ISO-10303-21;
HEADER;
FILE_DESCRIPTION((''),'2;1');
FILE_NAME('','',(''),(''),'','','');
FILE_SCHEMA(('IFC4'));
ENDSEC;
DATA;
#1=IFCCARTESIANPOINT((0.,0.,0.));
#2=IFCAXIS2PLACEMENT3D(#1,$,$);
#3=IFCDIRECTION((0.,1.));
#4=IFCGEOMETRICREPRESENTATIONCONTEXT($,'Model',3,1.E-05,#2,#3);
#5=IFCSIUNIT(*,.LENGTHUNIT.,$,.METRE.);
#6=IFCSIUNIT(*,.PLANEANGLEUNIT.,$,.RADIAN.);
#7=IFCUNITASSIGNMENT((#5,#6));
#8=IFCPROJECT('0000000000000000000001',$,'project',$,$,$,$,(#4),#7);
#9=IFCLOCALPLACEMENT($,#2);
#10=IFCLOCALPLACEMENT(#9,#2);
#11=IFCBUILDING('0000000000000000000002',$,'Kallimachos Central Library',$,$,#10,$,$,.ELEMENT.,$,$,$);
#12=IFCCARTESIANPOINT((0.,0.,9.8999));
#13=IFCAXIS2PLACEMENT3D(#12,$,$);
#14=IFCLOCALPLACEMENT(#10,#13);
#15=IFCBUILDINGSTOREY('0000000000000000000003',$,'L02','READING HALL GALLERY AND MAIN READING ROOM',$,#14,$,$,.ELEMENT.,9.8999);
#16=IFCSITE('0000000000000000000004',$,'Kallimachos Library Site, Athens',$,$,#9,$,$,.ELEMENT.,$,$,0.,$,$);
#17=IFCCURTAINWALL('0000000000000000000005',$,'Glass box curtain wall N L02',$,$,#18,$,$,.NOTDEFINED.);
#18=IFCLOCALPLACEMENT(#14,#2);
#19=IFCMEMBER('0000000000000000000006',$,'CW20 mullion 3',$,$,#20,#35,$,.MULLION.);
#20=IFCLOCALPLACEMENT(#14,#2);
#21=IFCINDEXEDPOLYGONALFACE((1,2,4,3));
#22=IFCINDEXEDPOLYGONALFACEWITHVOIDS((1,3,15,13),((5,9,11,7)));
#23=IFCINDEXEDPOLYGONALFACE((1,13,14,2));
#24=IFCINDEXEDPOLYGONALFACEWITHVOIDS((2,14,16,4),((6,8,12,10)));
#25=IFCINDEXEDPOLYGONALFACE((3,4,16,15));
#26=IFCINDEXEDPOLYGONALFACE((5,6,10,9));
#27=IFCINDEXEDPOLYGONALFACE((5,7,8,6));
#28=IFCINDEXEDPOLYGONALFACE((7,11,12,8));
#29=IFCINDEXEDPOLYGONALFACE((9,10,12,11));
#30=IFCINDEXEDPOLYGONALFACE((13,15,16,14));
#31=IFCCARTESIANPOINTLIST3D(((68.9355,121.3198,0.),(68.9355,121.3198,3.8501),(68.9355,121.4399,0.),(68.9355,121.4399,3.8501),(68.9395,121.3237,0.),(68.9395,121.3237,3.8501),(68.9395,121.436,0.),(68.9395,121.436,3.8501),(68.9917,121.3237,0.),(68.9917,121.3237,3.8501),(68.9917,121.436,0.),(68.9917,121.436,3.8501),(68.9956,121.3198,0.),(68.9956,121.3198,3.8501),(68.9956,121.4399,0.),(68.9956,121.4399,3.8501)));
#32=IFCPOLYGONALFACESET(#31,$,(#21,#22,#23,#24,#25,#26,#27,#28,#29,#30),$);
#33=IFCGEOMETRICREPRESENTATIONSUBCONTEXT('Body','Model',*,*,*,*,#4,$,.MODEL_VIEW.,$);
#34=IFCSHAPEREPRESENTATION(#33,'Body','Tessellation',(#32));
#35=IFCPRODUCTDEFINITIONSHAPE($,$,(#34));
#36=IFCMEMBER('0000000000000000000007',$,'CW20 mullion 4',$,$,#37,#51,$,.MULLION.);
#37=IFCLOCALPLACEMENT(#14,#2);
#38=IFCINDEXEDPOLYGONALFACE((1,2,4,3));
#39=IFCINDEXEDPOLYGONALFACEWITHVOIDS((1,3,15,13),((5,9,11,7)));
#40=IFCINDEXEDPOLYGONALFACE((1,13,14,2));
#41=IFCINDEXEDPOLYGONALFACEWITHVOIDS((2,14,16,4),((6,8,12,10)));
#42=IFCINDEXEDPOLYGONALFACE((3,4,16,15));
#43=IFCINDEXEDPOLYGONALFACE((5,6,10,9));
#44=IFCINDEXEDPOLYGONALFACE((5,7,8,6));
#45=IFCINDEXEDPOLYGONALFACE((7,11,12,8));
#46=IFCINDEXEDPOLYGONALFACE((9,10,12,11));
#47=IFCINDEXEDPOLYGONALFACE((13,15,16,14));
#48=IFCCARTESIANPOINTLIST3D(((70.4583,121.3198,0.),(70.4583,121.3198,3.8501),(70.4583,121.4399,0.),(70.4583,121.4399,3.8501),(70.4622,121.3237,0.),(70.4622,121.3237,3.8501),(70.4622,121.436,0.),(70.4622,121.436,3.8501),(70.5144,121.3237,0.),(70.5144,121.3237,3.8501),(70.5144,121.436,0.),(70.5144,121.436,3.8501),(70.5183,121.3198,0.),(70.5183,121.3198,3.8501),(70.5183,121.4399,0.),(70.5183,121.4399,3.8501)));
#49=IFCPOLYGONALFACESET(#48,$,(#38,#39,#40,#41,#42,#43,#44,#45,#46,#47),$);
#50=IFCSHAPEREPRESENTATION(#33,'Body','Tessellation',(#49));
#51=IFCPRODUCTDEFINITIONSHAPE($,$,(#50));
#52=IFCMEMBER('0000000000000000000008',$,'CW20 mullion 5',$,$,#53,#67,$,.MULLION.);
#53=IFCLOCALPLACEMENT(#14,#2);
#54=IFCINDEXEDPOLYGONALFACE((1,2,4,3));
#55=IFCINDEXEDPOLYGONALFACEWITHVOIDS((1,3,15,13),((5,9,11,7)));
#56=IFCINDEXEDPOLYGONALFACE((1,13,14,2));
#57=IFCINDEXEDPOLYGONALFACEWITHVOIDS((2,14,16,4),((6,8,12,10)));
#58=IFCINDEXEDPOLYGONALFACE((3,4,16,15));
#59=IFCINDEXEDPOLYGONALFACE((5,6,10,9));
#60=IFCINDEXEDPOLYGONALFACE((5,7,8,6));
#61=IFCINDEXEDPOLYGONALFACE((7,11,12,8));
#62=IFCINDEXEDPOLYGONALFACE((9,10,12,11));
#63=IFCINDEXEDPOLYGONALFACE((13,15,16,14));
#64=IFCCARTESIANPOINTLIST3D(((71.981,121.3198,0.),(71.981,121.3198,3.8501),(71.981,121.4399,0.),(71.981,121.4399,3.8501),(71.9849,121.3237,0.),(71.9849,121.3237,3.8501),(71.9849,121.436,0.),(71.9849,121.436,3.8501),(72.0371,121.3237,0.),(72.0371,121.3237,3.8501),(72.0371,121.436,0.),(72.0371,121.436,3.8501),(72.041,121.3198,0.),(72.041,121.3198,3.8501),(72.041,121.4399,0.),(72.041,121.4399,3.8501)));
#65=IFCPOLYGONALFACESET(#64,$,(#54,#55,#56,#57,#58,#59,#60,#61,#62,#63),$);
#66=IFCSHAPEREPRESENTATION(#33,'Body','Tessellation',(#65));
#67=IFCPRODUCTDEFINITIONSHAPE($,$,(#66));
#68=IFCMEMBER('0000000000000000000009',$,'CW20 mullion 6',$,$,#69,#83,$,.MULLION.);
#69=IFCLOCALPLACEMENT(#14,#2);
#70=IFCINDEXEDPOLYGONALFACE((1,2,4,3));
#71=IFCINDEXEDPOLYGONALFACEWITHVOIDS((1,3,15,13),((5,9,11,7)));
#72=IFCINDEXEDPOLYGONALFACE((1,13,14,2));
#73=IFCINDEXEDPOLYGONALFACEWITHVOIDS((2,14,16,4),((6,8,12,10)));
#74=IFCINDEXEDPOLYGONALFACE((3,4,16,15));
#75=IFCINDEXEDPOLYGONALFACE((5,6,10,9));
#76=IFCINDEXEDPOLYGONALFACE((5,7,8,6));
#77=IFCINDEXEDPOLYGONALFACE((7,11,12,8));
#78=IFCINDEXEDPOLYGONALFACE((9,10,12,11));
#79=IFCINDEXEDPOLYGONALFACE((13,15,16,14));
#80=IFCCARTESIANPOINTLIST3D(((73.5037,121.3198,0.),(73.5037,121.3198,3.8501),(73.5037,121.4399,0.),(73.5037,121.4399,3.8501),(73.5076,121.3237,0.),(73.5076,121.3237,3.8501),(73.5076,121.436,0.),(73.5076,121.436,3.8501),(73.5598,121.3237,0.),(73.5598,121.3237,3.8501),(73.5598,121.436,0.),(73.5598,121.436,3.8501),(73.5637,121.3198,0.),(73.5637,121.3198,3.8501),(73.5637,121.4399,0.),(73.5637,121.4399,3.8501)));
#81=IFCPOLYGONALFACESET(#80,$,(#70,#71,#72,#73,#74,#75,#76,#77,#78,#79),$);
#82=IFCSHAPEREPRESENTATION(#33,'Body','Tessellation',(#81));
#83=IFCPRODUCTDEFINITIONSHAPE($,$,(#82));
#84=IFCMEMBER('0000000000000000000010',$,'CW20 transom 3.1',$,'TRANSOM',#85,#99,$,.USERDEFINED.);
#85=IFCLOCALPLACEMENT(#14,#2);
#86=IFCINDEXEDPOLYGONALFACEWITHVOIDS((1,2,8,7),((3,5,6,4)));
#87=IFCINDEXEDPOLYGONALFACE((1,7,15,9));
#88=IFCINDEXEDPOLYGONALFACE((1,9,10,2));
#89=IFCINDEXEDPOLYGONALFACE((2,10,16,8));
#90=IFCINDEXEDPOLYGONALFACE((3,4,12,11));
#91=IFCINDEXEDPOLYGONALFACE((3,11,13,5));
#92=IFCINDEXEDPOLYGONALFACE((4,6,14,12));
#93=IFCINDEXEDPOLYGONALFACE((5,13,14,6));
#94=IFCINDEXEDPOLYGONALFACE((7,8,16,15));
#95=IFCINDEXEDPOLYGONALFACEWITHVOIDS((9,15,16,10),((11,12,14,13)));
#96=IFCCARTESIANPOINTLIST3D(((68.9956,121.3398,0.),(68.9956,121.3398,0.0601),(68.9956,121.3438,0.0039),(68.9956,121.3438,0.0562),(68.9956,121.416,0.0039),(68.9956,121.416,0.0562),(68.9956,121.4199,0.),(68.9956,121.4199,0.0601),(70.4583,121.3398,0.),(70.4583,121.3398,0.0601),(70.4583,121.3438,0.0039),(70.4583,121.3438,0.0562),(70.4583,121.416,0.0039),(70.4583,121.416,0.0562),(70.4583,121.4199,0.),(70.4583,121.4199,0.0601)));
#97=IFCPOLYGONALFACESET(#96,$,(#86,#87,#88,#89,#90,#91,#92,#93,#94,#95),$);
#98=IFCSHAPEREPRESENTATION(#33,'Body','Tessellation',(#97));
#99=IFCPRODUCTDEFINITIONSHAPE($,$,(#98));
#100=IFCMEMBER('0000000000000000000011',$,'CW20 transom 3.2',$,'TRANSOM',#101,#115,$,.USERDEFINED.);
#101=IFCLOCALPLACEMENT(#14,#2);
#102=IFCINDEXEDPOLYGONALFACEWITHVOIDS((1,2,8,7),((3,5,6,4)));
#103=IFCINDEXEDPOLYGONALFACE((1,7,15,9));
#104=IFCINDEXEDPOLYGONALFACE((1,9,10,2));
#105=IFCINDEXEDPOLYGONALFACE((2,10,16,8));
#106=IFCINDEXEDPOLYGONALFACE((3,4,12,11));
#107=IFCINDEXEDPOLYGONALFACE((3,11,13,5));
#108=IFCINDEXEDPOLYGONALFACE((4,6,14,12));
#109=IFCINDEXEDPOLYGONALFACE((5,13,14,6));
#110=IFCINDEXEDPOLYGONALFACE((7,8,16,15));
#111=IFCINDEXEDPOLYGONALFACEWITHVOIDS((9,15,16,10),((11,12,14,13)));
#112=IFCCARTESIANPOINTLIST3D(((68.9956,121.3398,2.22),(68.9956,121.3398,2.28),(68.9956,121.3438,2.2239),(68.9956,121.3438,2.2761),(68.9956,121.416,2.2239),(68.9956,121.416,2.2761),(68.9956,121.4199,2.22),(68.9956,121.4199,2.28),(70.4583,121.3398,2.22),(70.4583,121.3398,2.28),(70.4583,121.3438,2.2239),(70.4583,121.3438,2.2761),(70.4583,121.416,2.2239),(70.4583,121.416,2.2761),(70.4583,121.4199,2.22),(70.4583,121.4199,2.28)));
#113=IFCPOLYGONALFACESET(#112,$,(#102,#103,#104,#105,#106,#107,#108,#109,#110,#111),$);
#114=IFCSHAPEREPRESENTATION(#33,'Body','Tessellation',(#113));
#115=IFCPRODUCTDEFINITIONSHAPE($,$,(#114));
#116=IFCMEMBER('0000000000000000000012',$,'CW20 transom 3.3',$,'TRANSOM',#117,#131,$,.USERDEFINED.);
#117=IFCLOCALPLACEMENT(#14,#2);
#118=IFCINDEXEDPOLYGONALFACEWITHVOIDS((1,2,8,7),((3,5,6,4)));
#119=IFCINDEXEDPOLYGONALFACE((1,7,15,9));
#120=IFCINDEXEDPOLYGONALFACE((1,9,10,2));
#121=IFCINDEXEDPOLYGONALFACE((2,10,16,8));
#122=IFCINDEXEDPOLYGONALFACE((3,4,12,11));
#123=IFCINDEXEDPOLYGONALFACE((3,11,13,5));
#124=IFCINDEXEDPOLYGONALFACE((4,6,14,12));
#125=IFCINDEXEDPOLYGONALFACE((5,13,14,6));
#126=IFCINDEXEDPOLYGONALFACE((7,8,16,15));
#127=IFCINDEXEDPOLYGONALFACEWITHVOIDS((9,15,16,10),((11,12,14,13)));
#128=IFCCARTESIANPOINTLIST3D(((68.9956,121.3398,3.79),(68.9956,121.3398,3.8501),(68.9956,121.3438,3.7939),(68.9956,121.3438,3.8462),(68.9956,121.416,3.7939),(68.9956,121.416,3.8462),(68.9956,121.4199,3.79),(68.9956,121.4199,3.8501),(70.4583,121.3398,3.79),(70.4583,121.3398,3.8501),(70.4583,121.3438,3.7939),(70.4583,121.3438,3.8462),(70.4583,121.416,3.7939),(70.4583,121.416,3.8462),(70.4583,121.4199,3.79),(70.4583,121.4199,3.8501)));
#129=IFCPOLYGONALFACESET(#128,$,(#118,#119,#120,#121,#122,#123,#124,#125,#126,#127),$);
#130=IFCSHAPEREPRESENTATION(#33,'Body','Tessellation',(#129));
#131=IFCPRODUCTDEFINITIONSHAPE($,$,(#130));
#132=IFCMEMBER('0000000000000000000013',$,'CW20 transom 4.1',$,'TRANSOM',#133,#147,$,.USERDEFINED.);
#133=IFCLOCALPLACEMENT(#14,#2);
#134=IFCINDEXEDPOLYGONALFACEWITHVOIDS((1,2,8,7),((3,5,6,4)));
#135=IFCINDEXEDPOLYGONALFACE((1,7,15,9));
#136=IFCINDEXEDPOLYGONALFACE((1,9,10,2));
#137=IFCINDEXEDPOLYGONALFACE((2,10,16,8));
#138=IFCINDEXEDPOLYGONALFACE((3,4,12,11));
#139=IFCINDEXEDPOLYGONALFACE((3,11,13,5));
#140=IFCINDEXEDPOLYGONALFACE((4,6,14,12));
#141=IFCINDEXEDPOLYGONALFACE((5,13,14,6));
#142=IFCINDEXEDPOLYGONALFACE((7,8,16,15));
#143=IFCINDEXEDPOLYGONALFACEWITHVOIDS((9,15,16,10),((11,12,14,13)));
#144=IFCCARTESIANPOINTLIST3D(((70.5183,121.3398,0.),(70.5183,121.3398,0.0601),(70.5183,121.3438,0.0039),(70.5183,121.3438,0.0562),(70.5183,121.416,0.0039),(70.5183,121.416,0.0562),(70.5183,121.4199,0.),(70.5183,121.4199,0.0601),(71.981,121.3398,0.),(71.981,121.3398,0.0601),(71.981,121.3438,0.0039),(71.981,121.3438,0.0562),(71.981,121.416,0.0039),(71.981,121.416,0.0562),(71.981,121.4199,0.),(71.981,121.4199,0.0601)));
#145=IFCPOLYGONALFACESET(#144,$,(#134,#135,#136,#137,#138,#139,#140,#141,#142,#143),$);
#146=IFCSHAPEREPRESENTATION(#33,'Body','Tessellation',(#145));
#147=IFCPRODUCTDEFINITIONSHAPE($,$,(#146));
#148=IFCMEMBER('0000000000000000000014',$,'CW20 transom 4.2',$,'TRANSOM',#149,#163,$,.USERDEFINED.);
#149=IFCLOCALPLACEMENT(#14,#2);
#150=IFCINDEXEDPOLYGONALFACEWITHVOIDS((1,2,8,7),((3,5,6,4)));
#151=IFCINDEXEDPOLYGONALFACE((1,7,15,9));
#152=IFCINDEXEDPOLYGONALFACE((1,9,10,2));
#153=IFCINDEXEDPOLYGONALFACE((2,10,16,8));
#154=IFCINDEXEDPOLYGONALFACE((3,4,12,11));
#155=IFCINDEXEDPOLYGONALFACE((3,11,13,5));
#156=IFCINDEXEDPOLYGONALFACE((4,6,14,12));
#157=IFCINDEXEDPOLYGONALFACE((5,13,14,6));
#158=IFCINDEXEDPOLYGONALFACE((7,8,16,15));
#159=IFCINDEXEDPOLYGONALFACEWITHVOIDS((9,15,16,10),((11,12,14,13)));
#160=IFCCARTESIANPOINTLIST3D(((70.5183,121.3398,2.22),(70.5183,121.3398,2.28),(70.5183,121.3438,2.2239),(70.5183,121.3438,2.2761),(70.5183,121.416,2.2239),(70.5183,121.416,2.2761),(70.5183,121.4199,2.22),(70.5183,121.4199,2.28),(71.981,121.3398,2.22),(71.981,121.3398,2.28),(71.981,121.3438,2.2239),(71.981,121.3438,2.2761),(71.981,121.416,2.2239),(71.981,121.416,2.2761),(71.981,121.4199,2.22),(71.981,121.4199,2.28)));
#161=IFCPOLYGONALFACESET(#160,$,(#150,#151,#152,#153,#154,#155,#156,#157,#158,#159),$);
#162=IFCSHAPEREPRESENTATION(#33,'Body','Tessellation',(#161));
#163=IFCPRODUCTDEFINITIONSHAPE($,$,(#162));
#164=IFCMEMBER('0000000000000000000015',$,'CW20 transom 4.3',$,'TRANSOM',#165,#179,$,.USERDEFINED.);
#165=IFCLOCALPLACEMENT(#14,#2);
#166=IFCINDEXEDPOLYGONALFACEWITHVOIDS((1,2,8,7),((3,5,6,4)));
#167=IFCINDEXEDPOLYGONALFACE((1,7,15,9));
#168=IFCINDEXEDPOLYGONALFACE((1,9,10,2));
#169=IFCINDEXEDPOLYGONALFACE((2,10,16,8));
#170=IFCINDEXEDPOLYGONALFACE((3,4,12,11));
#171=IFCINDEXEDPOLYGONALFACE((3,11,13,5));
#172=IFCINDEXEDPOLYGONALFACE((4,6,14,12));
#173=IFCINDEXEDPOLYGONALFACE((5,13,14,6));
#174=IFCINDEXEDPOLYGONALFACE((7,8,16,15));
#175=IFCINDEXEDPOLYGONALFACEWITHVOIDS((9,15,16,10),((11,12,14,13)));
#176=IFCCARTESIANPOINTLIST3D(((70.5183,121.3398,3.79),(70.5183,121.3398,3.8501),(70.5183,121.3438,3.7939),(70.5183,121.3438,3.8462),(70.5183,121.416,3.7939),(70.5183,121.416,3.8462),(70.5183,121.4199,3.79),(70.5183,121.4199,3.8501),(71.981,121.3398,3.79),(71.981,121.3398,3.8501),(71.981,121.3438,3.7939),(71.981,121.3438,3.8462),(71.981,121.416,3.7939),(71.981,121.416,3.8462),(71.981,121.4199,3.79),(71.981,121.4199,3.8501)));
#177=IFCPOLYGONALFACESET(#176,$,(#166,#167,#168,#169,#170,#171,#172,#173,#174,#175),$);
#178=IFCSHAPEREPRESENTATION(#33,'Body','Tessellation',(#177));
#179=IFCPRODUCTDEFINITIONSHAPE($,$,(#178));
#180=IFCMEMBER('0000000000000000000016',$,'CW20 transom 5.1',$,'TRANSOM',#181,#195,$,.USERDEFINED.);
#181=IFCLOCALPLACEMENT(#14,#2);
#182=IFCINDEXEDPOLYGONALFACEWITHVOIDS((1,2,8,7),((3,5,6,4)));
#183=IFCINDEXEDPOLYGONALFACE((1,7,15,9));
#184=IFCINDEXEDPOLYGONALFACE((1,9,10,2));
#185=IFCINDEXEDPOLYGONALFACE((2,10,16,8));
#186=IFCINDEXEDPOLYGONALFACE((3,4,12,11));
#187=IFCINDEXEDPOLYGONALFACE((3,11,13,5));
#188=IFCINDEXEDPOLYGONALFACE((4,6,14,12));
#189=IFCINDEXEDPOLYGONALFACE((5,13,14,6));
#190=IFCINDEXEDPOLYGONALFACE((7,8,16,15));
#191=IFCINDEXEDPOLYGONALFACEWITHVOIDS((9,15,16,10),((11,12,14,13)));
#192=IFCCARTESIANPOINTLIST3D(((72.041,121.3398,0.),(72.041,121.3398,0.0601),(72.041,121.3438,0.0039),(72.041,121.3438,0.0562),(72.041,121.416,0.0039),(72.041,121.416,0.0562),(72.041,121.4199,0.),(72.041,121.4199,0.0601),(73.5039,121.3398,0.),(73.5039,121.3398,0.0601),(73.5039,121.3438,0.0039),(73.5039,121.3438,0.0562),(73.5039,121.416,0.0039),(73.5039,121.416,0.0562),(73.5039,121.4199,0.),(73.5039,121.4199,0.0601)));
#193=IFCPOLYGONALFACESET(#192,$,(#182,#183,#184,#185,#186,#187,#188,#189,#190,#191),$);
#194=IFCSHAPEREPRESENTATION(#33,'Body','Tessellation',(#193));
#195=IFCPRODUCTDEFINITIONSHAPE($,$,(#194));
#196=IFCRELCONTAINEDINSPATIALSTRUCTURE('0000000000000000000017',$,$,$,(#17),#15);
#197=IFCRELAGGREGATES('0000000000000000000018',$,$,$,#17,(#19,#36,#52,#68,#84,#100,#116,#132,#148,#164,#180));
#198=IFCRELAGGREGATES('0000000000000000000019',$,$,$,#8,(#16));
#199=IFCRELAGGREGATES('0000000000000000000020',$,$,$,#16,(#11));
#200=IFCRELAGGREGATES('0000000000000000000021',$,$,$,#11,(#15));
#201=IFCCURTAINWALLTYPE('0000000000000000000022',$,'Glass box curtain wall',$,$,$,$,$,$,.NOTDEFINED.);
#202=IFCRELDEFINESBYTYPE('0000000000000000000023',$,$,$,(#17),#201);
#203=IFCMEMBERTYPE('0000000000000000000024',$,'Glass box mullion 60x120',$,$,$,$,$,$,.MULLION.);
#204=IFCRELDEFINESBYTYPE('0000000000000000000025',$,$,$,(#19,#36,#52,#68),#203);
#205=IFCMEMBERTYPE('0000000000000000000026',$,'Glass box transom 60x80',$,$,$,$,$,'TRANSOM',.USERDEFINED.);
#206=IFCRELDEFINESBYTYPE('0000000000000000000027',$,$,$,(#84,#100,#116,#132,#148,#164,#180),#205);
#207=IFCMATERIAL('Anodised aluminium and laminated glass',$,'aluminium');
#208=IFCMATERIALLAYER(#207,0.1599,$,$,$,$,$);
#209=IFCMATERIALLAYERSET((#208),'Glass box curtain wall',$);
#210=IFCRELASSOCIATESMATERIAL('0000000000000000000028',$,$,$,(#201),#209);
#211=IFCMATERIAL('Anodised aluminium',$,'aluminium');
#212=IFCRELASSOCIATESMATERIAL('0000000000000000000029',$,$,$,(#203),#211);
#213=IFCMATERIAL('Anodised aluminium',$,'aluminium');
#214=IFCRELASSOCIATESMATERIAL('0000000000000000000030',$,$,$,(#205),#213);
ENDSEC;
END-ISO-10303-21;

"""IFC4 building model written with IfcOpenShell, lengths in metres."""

from ifc_helpers import new_model, si_unit, direction, frame, origin, origin_2d, place, context, subcontext, project, spatial, hollow_rectangle, extrude, material, layer, layer_set, material_profile, profile_set, type_object, element, aggregate, save


model = new_model("IFC4")

# Units and contexts
model_context = context("Model", 3, precision=1e-05, world=origin(), true_north=direction((0.0, 1.0)))
body_context = subcontext(model_context, "Body", "Model", "MODEL_VIEW")
ifc_project = project(units=[si_unit("LENGTHUNIT", "METRE"), si_unit("PLANEANGLEUNIT", "RADIAN")], contexts=[model_context])

# Site, building, storey
site_placement = place(None, origin())
site = spatial("IfcSite", under=ifc_project, at=site_placement, Name="Kallimachos Library Site, Athens", CompositionType="ELEMENT", RefElevation=0.0)
building_placement = place(site_placement, origin())
building = spatial("IfcBuilding", under=site, at=building_placement, Name="Kallimachos Central Library", CompositionType="ELEMENT")
storey_placement = place(building_placement, frame((0.0, 0.0, 9.8999)))
storey = spatial("IfcBuildingStorey", under=building, at=storey_placement, Name="L02", Description="READING HALL GALLERY AND MAIN READING ROOM", CompositionType="ELEMENT", Elevation=9.8999)

# Curtain wall, members
ifc_material_1 = material(Name="Anodised aluminium and laminated glass", Category="aluminium")
ifc_layer_1 = layer(ifc_material_1, 0.1599)
ifc_layer_set_1 = layer_set([ifc_layer_1], Name="Glass box curtain wall")
curtain_wall_type = type_object("IfcCurtainWallType", Name="Glass box curtain wall", PredefinedType="NOTDEFINED", material=ifc_layer_set_1)
curtain_wall_placement = place(storey_placement, origin())
curtain_wall = element("IfcCurtainWall", 1, at=curtain_wall_placement, inside=storey, type_object=curtain_wall_type, Name="Glass box curtain wall N L02", PredefinedType="NOTDEFINED")
ifc_material_2 = material(Name="Anodised aluminium", Category="aluminium")
ifc_material_profile_1 = material_profile(ifc_material_2, hollow_rectangle(XDim=0.0601, YDim=0.1201, WallThickness=0.0039, at=origin_2d()), Name="ALU MULLION 60x120")
ifc_profile_set_1 = profile_set([ifc_material_profile_1], Name="Anodised aluminium")
member_type_1 = type_object("IfcMemberType", Name="Glass box mullion 60x120", PredefinedType="MULLION", material=ifc_profile_set_1)
member_1_placement = place(storey_placement, frame((68.9656, 121.3799, 0.0), z_axis=(0.0, 0.0, 1.0), x_axis=(1.0, 0.0, 0.0)))
member_1 = element("IfcMember", 2, at=member_1_placement, type_object=member_type_1, Name="CW20 mullion 3", PredefinedType="MULLION", context=body_context, shape_type="SweptSolid", body=[
    extrude(hollow_rectangle(XDim=0.0601, YDim=0.1201, WallThickness=0.0039, at=origin_2d()), origin(), (0.0, 0.0, 1.0), 3.8501),
])
member_2_placement = place(storey_placement, frame((70.4883, 121.3799, 0.0), z_axis=(0.0, 0.0, 1.0), x_axis=(1.0, 0.0, 0.0)))
member_2 = element("IfcMember", 3, at=member_2_placement, type_object=member_type_1, Name="CW20 mullion 4", PredefinedType="MULLION", context=body_context, shape_type="SweptSolid", body=[
    extrude(hollow_rectangle(XDim=0.0601, YDim=0.1201, WallThickness=0.0039, at=origin_2d()), origin(), (0.0, 0.0, 1.0), 3.8501),
])
member_3_placement = place(storey_placement, frame((72.011, 121.3799, 0.0), z_axis=(0.0, 0.0, 1.0), x_axis=(1.0, 0.0, 0.0)))
member_3 = element("IfcMember", 4, at=member_3_placement, type_object=member_type_1, Name="CW20 mullion 5", PredefinedType="MULLION", context=body_context, shape_type="SweptSolid", body=[
    extrude(hollow_rectangle(XDim=0.0601, YDim=0.1201, WallThickness=0.0039, at=origin_2d()), origin(), (0.0, 0.0, 1.0), 3.8501),
])
member_4_placement = place(storey_placement, frame((73.5337, 121.3799, 0.0), z_axis=(0.0, 0.0, 1.0), x_axis=(1.0, 0.0, 0.0)))
member_4 = element("IfcMember", 5, at=member_4_placement, type_object=member_type_1, Name="CW20 mullion 6", PredefinedType="MULLION", context=body_context, shape_type="SweptSolid", body=[
    extrude(hollow_rectangle(XDim=0.0601, YDim=0.1201, WallThickness=0.0039, at=origin_2d()), origin(), (0.0, 0.0, 1.0), 3.8501),
])
ifc_material_3 = material(Name="Anodised aluminium", Category="aluminium")
ifc_material_profile_2 = material_profile(ifc_material_3, hollow_rectangle(XDim=0.0601, YDim=0.0801, WallThickness=0.0039, at=origin_2d()), Name="ALU TRANSOM 60x80")
ifc_profile_set_2 = profile_set([ifc_material_profile_2], Name="Anodised aluminium")
member_type_2 = type_object("IfcMemberType", Name="Glass box transom 60x80", ElementType="TRANSOM", PredefinedType="USERDEFINED", material=ifc_profile_set_2)
member_5_placement = place(storey_placement, frame((68.9956, 121.3799, 0.03), z_axis=(1.0, 0.0, 0.0), x_axis=(0.0, 0.0, 1.0)))
member_5 = element("IfcMember", 6, at=member_5_placement, type_object=member_type_2, Name="CW20 transom 3.1", ObjectType="TRANSOM", PredefinedType="USERDEFINED", context=body_context, shape_type="SweptSolid", body=[
    extrude(hollow_rectangle(XDim=0.0601, YDim=0.0801, WallThickness=0.0039, at=origin_2d()), origin(), (0.0, 0.0, 1.0), 1.4626),
])
member_6_placement = place(storey_placement, frame((68.9956, 121.3799, 2.25), z_axis=(1.0, 0.0, 0.0), x_axis=(0.0, 0.0, 1.0)))
member_6 = element("IfcMember", 7, at=member_6_placement, type_object=member_type_2, Name="CW20 transom 3.2", ObjectType="TRANSOM", PredefinedType="USERDEFINED", context=body_context, shape_type="SweptSolid", body=[
    extrude(hollow_rectangle(XDim=0.0601, YDim=0.0801, WallThickness=0.0039, at=origin_2d()), origin(), (0.0, 0.0, 1.0), 1.4626),
])
member_7_placement = place(storey_placement, frame((68.9956, 121.3799, 3.8201), z_axis=(1.0, 0.0, 0.0), x_axis=(0.0, 0.0, 1.0)))
member_7 = element("IfcMember", 8, at=member_7_placement, type_object=member_type_2, Name="CW20 transom 3.3", ObjectType="TRANSOM", PredefinedType="USERDEFINED", context=body_context, shape_type="SweptSolid", body=[
    extrude(hollow_rectangle(XDim=0.0601, YDim=0.0801, WallThickness=0.0039, at=origin_2d()), origin(), (0.0, 0.0, 1.0), 1.4626),
])
member_8_placement = place(storey_placement, frame((70.5183, 121.3799, 0.03), z_axis=(1.0, 0.0, 0.0), x_axis=(0.0, 0.0, 1.0)))
member_8 = element("IfcMember", 9, at=member_8_placement, type_object=member_type_2, Name="CW20 transom 4.1", ObjectType="TRANSOM", PredefinedType="USERDEFINED", context=body_context, shape_type="SweptSolid", body=[
    extrude(hollow_rectangle(XDim=0.0601, YDim=0.0801, WallThickness=0.0039, at=origin_2d()), origin(), (0.0, 0.0, 1.0), 1.4626),
])
member_9_placement = place(storey_placement, frame((70.5183, 121.3799, 2.25), z_axis=(1.0, 0.0, 0.0), x_axis=(0.0, 0.0, 1.0)))
member_9 = element("IfcMember", 10, at=member_9_placement, type_object=member_type_2, Name="CW20 transom 4.2", ObjectType="TRANSOM", PredefinedType="USERDEFINED", context=body_context, shape_type="SweptSolid", body=[
    extrude(hollow_rectangle(XDim=0.0601, YDim=0.0801, WallThickness=0.0039, at=origin_2d()), origin(), (0.0, 0.0, 1.0), 1.4626),
])
member_10_placement = place(storey_placement, frame((70.5183, 121.3799, 3.8201), z_axis=(1.0, 0.0, 0.0), x_axis=(0.0, 0.0, 1.0)))
member_10 = element("IfcMember", 11, at=member_10_placement, type_object=member_type_2, Name="CW20 transom 4.3", ObjectType="TRANSOM", PredefinedType="USERDEFINED", context=body_context, shape_type="SweptSolid", body=[
    extrude(hollow_rectangle(XDim=0.0601, YDim=0.0801, WallThickness=0.0039, at=origin_2d()), origin(), (0.0, 0.0, 1.0), 1.4626),
])
member_11_placement = place(storey_placement, frame((72.041, 121.3799, 0.03), z_axis=(1.0, 0.0, 0.0), x_axis=(0.0, 0.0, 1.0)))
member_11 = element("IfcMember", 12, at=member_11_placement, type_object=member_type_2, Name="CW20 transom 5.1", ObjectType="TRANSOM", PredefinedType="USERDEFINED", context=body_context, shape_type="SweptSolid", body=[
    extrude(hollow_rectangle(XDim=0.0601, YDim=0.0801, WallThickness=0.0039, at=origin_2d()), origin(), (0.0, 0.0, 1.0), 1.4629),
])

aggregate(curtain_wall, [member_1, member_2, member_3, member_4, member_5, member_6, member_7, member_8, member_9, member_10, member_11])

save(model, "model.ifc")
